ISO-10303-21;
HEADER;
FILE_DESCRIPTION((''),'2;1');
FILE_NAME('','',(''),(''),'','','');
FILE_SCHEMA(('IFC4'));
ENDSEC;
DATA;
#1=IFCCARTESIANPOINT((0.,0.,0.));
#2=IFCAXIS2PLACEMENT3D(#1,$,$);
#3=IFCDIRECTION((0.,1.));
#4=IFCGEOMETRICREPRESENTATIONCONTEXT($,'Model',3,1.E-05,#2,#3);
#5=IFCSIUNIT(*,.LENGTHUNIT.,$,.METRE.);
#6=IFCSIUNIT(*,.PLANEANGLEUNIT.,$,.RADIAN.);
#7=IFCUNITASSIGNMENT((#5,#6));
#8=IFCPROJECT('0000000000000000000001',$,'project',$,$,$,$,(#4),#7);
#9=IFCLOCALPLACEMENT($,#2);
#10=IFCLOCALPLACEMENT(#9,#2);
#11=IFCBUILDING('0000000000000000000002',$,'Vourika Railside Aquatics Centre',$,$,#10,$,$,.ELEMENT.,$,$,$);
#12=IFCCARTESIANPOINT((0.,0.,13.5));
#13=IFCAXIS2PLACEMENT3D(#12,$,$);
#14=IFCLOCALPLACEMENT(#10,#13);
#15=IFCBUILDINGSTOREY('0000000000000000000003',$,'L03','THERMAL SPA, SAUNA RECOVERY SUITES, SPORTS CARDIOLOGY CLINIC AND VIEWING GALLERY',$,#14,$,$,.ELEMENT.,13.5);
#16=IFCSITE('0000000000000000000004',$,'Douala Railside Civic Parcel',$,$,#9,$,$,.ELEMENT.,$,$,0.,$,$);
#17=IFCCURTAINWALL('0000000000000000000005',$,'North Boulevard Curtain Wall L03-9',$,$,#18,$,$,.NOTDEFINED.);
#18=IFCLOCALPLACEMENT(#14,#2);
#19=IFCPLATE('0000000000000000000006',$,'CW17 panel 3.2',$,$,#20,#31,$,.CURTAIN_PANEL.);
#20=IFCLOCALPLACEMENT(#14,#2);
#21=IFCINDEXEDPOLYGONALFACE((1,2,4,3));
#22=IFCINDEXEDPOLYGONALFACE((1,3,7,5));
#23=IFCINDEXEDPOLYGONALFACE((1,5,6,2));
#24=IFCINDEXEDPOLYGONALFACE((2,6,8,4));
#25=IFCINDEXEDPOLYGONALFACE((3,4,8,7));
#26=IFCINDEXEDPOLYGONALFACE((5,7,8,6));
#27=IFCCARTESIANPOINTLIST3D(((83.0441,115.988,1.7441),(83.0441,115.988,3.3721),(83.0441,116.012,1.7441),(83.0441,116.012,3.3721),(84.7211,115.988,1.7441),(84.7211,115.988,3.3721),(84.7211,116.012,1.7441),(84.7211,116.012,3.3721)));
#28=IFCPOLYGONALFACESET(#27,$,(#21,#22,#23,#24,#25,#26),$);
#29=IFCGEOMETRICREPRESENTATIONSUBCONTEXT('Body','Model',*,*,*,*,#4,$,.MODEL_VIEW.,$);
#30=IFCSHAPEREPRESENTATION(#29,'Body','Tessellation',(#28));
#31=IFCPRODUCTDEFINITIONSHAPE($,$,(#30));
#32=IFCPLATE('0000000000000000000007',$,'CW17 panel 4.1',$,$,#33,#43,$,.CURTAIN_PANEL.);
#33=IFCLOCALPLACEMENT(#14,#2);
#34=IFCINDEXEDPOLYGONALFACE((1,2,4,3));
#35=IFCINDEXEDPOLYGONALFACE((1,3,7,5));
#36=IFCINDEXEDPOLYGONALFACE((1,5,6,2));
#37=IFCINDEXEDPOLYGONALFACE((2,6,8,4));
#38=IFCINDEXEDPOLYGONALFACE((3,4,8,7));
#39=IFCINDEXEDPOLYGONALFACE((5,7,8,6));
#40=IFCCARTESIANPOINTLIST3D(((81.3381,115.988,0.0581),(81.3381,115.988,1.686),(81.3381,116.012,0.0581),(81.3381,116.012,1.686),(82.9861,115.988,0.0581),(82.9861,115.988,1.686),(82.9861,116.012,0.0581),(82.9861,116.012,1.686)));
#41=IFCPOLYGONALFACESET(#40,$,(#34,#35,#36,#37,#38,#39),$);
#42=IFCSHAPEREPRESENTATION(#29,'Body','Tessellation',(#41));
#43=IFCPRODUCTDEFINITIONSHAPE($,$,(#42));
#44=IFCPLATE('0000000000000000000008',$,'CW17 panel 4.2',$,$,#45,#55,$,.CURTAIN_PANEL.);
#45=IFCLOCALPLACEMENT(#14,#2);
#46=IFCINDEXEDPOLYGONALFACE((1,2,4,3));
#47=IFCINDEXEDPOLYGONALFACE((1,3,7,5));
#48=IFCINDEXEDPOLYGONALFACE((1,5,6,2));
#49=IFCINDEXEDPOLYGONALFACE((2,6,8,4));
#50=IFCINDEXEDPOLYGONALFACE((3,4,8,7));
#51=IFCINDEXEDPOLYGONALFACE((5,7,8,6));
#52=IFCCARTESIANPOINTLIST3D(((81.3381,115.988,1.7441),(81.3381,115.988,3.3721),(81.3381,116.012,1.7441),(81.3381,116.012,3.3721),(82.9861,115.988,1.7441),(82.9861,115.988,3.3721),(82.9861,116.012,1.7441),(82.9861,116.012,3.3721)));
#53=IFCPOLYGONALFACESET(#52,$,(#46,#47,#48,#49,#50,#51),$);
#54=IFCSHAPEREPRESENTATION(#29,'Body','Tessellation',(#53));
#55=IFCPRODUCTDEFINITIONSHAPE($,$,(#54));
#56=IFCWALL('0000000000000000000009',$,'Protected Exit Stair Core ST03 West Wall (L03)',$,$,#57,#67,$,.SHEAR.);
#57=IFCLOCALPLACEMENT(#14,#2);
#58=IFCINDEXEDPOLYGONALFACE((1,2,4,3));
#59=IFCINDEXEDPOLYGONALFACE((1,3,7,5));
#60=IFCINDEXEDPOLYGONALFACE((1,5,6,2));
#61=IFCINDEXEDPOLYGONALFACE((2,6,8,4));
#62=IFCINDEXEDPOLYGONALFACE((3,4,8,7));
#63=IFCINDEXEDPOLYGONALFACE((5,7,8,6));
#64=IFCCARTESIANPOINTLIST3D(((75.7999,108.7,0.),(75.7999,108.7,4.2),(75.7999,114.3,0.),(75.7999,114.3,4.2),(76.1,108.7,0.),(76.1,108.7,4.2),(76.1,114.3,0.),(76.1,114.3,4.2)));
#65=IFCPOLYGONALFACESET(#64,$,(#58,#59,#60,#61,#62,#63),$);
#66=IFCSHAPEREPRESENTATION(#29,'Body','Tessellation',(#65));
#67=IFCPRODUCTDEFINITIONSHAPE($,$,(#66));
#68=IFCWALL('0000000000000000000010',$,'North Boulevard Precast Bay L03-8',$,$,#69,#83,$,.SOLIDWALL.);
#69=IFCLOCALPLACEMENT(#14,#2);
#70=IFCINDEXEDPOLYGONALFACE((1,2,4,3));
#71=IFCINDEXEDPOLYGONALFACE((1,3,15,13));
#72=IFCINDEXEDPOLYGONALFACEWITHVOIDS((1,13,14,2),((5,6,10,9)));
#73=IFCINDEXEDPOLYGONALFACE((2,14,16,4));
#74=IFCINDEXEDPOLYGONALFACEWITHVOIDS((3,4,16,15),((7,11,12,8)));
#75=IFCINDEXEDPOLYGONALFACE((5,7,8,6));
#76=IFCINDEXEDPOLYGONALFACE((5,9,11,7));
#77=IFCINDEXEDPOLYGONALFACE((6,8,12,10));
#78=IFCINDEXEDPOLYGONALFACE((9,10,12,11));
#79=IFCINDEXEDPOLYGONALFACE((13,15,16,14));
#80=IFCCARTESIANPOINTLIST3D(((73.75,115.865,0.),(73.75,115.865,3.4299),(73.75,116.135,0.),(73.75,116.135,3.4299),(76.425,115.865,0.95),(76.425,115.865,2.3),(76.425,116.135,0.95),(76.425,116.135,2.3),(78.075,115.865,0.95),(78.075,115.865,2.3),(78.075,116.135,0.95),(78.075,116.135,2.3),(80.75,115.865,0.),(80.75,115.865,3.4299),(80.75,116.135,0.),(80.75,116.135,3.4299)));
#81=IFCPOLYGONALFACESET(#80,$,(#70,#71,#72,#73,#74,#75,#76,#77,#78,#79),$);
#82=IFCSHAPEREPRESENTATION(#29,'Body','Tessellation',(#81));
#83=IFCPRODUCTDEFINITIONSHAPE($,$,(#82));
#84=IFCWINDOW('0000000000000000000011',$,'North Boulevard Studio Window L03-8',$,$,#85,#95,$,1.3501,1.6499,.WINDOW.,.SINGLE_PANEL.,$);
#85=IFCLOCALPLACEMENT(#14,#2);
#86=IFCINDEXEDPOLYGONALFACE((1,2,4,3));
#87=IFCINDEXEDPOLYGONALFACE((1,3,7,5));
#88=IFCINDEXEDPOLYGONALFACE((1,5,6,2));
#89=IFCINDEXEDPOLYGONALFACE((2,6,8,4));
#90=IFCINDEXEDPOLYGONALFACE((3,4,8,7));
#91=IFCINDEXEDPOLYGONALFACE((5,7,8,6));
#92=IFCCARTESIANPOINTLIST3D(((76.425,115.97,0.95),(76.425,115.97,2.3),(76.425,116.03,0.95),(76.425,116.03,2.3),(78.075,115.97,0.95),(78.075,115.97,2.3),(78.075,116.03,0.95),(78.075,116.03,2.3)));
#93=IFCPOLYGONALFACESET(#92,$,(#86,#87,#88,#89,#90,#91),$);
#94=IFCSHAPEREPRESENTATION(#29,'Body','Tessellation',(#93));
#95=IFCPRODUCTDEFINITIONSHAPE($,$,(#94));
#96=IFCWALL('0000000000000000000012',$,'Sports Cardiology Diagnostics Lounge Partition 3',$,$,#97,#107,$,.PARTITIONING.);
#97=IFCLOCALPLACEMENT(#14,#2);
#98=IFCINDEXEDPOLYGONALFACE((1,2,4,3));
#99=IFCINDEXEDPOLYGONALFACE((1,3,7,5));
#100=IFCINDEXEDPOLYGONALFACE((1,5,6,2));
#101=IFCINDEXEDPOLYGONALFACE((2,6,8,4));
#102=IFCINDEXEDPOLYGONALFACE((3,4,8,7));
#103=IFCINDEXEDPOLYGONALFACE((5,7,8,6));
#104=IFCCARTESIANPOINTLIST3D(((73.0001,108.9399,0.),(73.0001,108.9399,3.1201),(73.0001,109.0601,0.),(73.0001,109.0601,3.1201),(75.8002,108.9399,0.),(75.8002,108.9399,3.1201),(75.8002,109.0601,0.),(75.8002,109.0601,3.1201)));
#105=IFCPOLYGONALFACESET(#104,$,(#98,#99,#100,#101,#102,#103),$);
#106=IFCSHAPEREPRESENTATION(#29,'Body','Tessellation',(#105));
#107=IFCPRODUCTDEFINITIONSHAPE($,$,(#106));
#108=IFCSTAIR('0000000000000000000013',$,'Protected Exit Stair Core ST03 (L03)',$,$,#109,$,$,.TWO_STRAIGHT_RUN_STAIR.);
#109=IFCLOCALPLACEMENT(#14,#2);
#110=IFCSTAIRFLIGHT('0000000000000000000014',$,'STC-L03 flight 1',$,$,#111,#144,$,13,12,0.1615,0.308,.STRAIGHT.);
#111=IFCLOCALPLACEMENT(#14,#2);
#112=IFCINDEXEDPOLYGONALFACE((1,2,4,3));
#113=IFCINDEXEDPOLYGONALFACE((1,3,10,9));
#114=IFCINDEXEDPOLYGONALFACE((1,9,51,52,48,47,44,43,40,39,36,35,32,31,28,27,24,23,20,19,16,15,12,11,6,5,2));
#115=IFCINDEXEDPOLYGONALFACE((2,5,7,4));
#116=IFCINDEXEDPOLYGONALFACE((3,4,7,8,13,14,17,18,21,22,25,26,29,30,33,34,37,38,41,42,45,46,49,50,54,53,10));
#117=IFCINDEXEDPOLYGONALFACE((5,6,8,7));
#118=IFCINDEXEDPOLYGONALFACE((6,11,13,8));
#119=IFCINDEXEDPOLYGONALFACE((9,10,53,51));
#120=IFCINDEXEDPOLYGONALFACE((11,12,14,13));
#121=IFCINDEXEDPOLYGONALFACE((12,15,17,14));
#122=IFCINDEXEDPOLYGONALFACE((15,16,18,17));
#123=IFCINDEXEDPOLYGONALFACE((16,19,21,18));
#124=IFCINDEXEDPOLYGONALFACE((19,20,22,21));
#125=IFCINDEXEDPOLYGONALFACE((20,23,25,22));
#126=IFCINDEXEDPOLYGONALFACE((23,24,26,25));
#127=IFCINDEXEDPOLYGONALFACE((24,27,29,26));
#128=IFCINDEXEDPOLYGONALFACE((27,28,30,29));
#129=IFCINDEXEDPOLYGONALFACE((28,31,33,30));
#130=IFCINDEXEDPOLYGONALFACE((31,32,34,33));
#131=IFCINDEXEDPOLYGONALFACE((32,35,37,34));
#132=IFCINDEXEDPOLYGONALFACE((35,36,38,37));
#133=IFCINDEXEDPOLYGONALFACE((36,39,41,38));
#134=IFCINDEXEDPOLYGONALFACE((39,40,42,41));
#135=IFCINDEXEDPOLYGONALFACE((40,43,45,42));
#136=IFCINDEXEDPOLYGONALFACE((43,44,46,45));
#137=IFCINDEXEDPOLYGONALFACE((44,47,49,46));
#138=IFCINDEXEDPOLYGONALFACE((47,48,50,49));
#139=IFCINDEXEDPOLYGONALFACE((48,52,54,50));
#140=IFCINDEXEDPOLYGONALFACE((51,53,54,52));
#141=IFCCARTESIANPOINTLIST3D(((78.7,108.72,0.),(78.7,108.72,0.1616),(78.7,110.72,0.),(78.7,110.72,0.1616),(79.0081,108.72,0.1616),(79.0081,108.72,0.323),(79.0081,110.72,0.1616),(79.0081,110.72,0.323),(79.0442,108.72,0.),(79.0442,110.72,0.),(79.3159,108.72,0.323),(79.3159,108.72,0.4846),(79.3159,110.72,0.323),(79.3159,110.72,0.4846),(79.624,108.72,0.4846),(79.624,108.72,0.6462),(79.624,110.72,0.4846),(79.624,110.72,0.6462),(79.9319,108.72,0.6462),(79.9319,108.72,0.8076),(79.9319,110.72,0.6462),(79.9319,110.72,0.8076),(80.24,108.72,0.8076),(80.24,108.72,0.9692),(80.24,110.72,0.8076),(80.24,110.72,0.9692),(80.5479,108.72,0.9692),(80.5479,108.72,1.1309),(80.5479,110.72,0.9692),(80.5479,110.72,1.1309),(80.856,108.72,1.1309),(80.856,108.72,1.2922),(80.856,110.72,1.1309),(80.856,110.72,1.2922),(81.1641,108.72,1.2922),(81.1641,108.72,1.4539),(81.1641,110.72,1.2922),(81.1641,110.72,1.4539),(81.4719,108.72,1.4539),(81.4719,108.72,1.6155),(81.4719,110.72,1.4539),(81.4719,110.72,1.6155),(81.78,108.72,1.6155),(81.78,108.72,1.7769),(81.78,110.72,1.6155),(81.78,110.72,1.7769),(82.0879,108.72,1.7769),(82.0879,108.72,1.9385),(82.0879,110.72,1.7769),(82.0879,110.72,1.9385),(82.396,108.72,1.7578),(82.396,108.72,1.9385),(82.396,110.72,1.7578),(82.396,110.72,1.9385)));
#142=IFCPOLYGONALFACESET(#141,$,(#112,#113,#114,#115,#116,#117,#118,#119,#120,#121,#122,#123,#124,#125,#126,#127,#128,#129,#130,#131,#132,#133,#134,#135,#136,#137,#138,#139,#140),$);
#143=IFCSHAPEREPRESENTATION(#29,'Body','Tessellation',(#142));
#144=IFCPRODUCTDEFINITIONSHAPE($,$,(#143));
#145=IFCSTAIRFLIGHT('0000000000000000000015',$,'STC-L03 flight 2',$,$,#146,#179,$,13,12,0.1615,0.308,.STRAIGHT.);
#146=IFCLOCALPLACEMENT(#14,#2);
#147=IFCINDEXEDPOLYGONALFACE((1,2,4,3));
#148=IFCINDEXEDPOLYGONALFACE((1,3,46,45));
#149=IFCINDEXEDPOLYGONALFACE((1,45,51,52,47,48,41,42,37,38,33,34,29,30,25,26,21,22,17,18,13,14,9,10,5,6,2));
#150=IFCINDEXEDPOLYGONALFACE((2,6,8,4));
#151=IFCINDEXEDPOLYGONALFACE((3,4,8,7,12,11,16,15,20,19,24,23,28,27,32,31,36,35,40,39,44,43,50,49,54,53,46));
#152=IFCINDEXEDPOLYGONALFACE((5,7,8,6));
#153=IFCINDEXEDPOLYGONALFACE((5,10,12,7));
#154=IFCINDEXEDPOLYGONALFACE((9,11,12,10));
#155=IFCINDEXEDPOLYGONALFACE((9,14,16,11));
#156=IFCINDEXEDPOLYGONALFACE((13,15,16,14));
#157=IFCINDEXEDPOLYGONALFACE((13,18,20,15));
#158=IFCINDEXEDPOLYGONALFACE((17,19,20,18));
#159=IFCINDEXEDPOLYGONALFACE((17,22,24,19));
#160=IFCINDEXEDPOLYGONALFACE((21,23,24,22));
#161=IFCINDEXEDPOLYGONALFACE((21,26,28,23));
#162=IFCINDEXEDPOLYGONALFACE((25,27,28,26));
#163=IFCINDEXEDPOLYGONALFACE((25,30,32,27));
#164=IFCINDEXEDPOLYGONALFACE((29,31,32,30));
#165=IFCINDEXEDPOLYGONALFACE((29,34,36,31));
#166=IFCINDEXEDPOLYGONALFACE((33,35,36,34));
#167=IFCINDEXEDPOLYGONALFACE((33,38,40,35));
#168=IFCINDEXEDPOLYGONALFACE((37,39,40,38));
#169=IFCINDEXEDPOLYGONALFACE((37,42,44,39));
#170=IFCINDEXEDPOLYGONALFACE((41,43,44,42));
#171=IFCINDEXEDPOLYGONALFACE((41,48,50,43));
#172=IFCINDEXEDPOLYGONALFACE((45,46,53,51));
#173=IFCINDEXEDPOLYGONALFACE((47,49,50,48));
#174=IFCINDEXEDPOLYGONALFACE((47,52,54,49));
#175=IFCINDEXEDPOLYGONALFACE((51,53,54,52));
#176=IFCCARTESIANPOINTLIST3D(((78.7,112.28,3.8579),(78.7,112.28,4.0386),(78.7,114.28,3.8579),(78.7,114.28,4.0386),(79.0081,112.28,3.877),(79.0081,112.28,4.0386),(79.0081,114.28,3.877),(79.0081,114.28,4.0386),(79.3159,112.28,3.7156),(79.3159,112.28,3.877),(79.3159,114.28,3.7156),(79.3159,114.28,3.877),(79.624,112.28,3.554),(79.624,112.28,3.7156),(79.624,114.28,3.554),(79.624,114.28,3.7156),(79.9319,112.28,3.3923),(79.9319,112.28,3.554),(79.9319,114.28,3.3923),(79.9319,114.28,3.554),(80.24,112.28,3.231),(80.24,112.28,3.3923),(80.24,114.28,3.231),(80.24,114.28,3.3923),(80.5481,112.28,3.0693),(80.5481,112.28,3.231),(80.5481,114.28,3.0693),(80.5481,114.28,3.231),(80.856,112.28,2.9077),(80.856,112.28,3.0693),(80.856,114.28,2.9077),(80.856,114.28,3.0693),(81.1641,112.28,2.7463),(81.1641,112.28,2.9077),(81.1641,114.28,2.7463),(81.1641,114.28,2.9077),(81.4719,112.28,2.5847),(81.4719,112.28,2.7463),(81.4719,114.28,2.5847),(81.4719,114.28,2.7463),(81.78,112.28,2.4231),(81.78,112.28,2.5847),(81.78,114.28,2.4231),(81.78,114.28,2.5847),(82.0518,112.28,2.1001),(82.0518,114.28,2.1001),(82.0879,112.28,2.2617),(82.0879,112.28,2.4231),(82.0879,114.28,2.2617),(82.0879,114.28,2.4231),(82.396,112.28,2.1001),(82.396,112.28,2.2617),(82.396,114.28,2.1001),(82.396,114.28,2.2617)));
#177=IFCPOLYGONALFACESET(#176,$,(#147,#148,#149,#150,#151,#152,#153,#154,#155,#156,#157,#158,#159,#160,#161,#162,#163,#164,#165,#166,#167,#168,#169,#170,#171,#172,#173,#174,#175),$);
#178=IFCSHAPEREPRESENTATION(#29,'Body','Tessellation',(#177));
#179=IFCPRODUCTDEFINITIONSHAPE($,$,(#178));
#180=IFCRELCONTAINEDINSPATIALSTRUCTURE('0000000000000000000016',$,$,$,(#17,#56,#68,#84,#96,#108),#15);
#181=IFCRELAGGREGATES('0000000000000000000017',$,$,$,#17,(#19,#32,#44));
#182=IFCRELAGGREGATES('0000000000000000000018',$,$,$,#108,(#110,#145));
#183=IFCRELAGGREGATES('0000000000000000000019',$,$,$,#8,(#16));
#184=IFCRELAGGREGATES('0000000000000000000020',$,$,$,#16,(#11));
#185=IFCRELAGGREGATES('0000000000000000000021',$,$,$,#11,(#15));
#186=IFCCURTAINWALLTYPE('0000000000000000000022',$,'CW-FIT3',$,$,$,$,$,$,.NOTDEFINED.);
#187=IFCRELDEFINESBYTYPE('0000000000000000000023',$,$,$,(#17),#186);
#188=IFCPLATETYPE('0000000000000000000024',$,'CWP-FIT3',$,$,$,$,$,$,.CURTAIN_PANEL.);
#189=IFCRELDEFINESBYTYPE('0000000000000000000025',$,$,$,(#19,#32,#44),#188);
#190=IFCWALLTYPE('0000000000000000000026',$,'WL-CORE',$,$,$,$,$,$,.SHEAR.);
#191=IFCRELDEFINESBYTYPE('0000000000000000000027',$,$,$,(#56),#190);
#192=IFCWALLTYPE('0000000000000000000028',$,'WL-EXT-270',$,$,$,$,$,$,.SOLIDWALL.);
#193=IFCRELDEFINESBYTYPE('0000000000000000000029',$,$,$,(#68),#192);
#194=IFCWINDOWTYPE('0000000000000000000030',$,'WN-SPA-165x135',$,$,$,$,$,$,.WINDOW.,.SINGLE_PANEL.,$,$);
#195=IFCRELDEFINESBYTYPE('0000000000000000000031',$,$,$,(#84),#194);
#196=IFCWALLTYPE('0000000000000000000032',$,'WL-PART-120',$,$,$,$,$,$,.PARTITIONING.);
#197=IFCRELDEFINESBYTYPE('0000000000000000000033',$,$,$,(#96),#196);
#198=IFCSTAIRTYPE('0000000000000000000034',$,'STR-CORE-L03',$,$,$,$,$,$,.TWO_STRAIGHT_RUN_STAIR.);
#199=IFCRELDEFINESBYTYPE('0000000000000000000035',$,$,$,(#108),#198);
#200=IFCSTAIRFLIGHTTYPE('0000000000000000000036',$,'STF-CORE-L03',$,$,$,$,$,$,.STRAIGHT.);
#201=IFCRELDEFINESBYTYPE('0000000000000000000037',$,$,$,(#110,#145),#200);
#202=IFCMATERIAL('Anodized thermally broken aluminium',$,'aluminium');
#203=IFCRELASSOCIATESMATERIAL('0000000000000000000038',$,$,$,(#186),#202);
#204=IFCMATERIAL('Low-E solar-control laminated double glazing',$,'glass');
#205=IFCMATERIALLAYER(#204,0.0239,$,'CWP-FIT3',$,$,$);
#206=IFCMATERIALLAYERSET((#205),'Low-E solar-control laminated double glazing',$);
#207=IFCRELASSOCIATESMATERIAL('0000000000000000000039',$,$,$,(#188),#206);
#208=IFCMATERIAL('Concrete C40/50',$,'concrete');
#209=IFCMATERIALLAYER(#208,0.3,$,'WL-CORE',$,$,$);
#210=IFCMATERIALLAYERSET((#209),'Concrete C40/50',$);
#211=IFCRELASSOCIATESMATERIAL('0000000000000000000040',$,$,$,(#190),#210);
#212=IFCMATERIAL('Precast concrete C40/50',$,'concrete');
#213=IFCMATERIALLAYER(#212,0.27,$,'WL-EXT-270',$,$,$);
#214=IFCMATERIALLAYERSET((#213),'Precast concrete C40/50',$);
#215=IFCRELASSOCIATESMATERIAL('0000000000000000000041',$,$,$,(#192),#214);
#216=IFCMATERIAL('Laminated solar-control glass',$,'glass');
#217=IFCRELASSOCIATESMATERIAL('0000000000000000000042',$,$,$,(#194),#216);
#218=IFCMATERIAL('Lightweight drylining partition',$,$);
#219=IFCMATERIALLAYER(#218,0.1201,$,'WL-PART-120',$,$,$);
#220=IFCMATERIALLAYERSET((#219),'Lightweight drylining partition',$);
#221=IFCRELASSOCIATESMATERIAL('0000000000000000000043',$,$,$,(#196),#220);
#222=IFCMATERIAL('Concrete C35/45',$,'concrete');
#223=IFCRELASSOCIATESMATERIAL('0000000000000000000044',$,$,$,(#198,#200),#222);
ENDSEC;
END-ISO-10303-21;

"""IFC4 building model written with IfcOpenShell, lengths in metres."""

from ifc_helpers import new_model, si_unit, direction, frame, frame_2d, origin, origin_2d, place, context, subcontext, project, spatial, polyline, rectangle, outline, extrude, material, layer, layer_set, type_object, element, fill, aggregate, save


model = new_model("IFC4")

# Units and contexts
model_context = context("Model", 3, precision=1e-05, world=origin(), true_north=direction((0.0, 1.0)))
body_context = subcontext(model_context, "Body", "Model", "MODEL_VIEW")
ifc_project = project(units=[si_unit("LENGTHUNIT", "METRE"), si_unit("PLANEANGLEUNIT", "RADIAN")], contexts=[model_context])

# Site, building, storey
site_placement = place(None, origin())
site = spatial("IfcSite", under=ifc_project, at=site_placement, Name="Douala Railside Civic Parcel", CompositionType="ELEMENT", RefElevation=0.0)
building_placement = place(site_placement, origin())
building = spatial("IfcBuilding", under=site, at=building_placement, Name="Vourika Railside Aquatics Centre", CompositionType="ELEMENT")
storey_placement = place(building_placement, frame((0.0, 0.0, 13.5)))
storey = spatial("IfcBuildingStorey", under=building, at=storey_placement, Name="L03", Description="THERMAL SPA, SAUNA RECOVERY SUITES, SPORTS CARDIOLOGY CLINIC AND VIEWING GALLERY", CompositionType="ELEMENT", Elevation=13.5)

# Shared definitions
ifc_material_1 = material(Name="Concrete C35/45", Category="concrete")

# Curtain wall, plates
ifc_material_2 = material(Name="Anodized thermally broken aluminium", Category="aluminium")
curtain_wall_type = type_object("IfcCurtainWallType", Name="CW-FIT3", PredefinedType="NOTDEFINED", material=ifc_material_2)
curtain_wall_placement = place(storey_placement, origin())
curtain_wall = element("IfcCurtainWall", 1, at=curtain_wall_placement, inside=storey, type_object=curtain_wall_type, Name="North Boulevard Curtain Wall L03-9", PredefinedType="NOTDEFINED")
ifc_material_3 = material(Name="Low-E solar-control laminated double glazing", Category="glass")
ifc_layer_1 = layer(ifc_material_3, 0.0239, Name="CWP-FIT3")
ifc_layer_set_1 = layer_set([ifc_layer_1], Name="Low-E solar-control laminated double glazing")
plate_type = type_object("IfcPlateType", Name="CWP-FIT3", PredefinedType="CURTAIN_PANEL", material=ifc_layer_set_1)
plate_1_placement = place(storey_placement, frame((83.8826, 116.0, 1.7441), z_axis=(0.0, 0.0, 1.0), x_axis=(-1.0, 0.0, 0.0)))
plate_1 = element("IfcPlate", 2, at=plate_1_placement, type_object=plate_type, Name="CW17 panel 3.2", PredefinedType="CURTAIN_PANEL", context=body_context, shape_type="SweptSolid", body=[
    extrude(rectangle(XDim=1.677, YDim=0.0239, at=origin_2d()), origin(), (0.0, 0.0, 1.0), 1.6279),
])
plate_2_placement = place(storey_placement, frame((82.1621, 116.0, 0.0581), z_axis=(0.0, 0.0, 1.0), x_axis=(-1.0, 0.0, 0.0)))
plate_2 = element("IfcPlate", 3, at=plate_2_placement, type_object=plate_type, Name="CW17 panel 4.1", PredefinedType="CURTAIN_PANEL", context=body_context, shape_type="SweptSolid", body=[
    extrude(rectangle(XDim=1.6479, YDim=0.0239, at=origin_2d()), origin(), (0.0, 0.0, 1.0), 1.6279),
])
plate_3_placement = place(storey_placement, frame((82.1621, 116.0, 1.7441), z_axis=(0.0, 0.0, 1.0), x_axis=(-1.0, 0.0, 0.0)))
plate_3 = element("IfcPlate", 4, at=plate_3_placement, type_object=plate_type, Name="CW17 panel 4.2", PredefinedType="CURTAIN_PANEL", context=body_context, shape_type="SweptSolid", body=[
    extrude(rectangle(XDim=1.6479, YDim=0.0239, at=origin_2d()), origin(), (0.0, 0.0, 1.0), 1.6279),
])
aggregate(curtain_wall, [plate_1, plate_2, plate_3])

# Wall
ifc_material_4 = material(Name="Concrete C40/50", Category="concrete")
ifc_layer_2 = layer(ifc_material_4, 0.3, Name="WL-CORE")
ifc_layer_set_2 = layer_set([ifc_layer_2], Name="Concrete C40/50")
wall_type_1 = type_object("IfcWallType", Name="WL-CORE", PredefinedType="SHEAR", material=ifc_layer_set_2)
wall_1_placement = place(storey_placement, frame((75.95, 114.3, 0.0), z_axis=(0.0, 0.0, 1.0), x_axis=(0.0, -1.0, 0.0)))
element("IfcWall", 5, at=wall_1_placement, inside=storey, type_object=wall_type_1, Name="Protected Exit Stair Core ST03 West Wall (L03)", PredefinedType="SHEAR", context=body_context, shape_type="SweptSolid", body=[
    extrude(rectangle(XDim=5.6001, YDim=0.3, at=frame_2d((2.8, 0.0))), origin(), (0.0, 0.0, 1.0), 4.2),
])

# Wall, opening, window
ifc_material_5 = material(Name="Precast concrete C40/50", Category="concrete")
ifc_layer_3 = layer(ifc_material_5, 0.27, Name="WL-EXT-270")
ifc_layer_set_3 = layer_set([ifc_layer_3], Name="Precast concrete C40/50")
wall_type_2 = type_object("IfcWallType", Name="WL-EXT-270", PredefinedType="SOLIDWALL", material=ifc_layer_set_3)
wall_2_placement = place(storey_placement, frame((80.75, 116.0, 0.0), z_axis=(0.0, 0.0, 1.0), x_axis=(-1.0, 0.0, 0.0)))
wall_2 = element("IfcWall", 6, at=wall_2_placement, inside=storey, type_object=wall_type_2, Name="North Boulevard Precast Bay L03-8", PredefinedType="SOLIDWALL", context=body_context, shape_type="SweptSolid", body=[
    extrude(rectangle(XDim=7.0, YDim=0.27, at=frame_2d((3.5, 0.0))), origin(), (0.0, 0.0, 1.0), 3.4299),
])
opening_placement = place(wall_2_placement, frame((2.675, 0.0, 0.95)))
opening = element("IfcOpeningElement", 7, at=opening_placement, cuts=wall_2, PredefinedType="OPENING", context=body_context, shape_type="SweptSolid", body=[
    extrude(rectangle(XDim=1.6499, YDim=1.3501, at=frame_2d((0.825, 0.675))), frame((0.0, 0.145, 0.0), z_axis=(0.0, -1.0, 0.0), x_axis=(1.0, 0.0, 0.0)), (0.0, 0.0, 1.0), 0.29),
])
ifc_material_6 = material(Name="Laminated solar-control glass", Category="glass")
window_type = type_object("IfcWindowType", Name="WN-SPA-165x135", PartitioningType="SINGLE_PANEL", PredefinedType="WINDOW", material=ifc_material_6)
window_placement = place(opening_placement, origin())
window = element("IfcWindow", 8, at=window_placement, inside=storey, type_object=window_type, Name="North Boulevard Studio Window L03-8", OverallHeight=1.3501, OverallWidth=1.6499, PartitioningType="SINGLE_PANEL", PredefinedType="WINDOW", context=body_context, shape_type="SweptSolid", body=[
    extrude(rectangle(XDim=1.6499, YDim=1.3501, at=frame_2d((0.825, 0.675))), frame((0.0, 0.03, 0.0), z_axis=(0.0, -1.0, 0.0), x_axis=(1.0, 0.0, 0.0)), (0.0, 0.0, 1.0), 0.0601),
])
fill(opening, window)

# Wall
ifc_material_7 = material(Name="Lightweight drylining partition")
ifc_layer_4 = layer(ifc_material_7, 0.1201, Name="WL-PART-120")
ifc_layer_set_4 = layer_set([ifc_layer_4], Name="Lightweight drylining partition")
wall_type_3 = type_object("IfcWallType", Name="WL-PART-120", PredefinedType="PARTITIONING", material=ifc_layer_set_4)
wall_3_placement = place(storey_placement, frame((75.8, 109.0, 0.0), z_axis=(0.0, 0.0, 1.0), x_axis=(-1.0, 0.0, 0.0)))
element("IfcWall", 9, at=wall_3_placement, inside=storey, type_object=wall_type_3, Name="Sports Cardiology Diagnostics Lounge Partition 3", PredefinedType="PARTITIONING", context=body_context, shape_type="SweptSolid", body=[
    extrude(rectangle(XDim=2.8, YDim=0.1201, at=frame_2d((1.3999, 0.0))), origin(), (0.0, 0.0, 1.0), 3.1201),
])

# Stair, stair flights
stair_type = type_object("IfcStairType", Name="STR-CORE-L03", PredefinedType="TWO_STRAIGHT_RUN_STAIR", material=ifc_material_1)
stair_placement = place(storey_placement, origin())
stair = element("IfcStair", 10, at=stair_placement, inside=storey, type_object=stair_type, Name="Protected Exit Stair Core ST03 (L03)", PredefinedType="TWO_STRAIGHT_RUN_STAIR")
stair_flight_type = type_object("IfcStairFlightType", Name="STF-CORE-L03", PredefinedType="STRAIGHT", material=ifc_material_1)
stair_flight_1_placement = place(storey_placement, frame((78.7, 109.72, 0.0), z_axis=(0.0, 0.0, 1.0), x_axis=(1.0, 0.0, 0.0)))
stair_flight_1 = element("IfcStairFlight", 11, at=stair_flight_1_placement, type_object=stair_flight_type, Name="STC-L03 flight 1", NumberOfRisers=13, NumberOfTreads=12, PredefinedType="STRAIGHT", RiserHeight=0.1615, TreadLength=0.308, context=body_context, shape_type="SweptSolid", body=[
    extrude(outline(polyline([(0.0, 0.0), (0.0, 0.1616), (0.3081, 0.1616), (0.3081, 0.323), (0.616, 0.323), (0.616, 0.4846), (0.9241, 0.4846), (0.9241, 0.6462), (1.2319, 0.6462), (1.2319, 0.8076), (1.54, 0.8076), (1.54, 0.9692), (1.8479, 0.9692), (1.8479, 1.1309), (2.156, 1.1309), (2.156, 1.2922), (2.4641, 1.2922), (2.4641, 1.4539), (2.772, 1.4539), (2.772, 1.6155), (3.0801, 1.6155), (3.0801, 1.7769), (3.3879, 1.7769), (3.3879, 1.9385), (3.696, 1.9385), (3.696, 2.1001), (3.696, 1.7578), (0.3442, 0.0), (0.0, 0.0)])), frame((0.0, 1.0, 0.0), z_axis=(0.0, -1.0, 0.0), x_axis=(1.0, 0.0, 0.0)), (0.0, 0.0, 1.0), 2.0),
])
stair_flight_2_placement = place(storey_placement, frame((82.396, 113.28, 2.1001), z_axis=(0.0, 0.0, 1.0), x_axis=(-1.0, 0.0, 0.0)))
stair_flight_2 = element("IfcStairFlight", 12, at=stair_flight_2_placement, type_object=stair_flight_type, Name="STC-L03 flight 2", NumberOfRisers=13, NumberOfTreads=12, PredefinedType="STRAIGHT", RiserHeight=0.1615, TreadLength=0.308, context=body_context, shape_type="SweptSolid", body=[
    extrude(outline(polyline([(0.0, 0.0), (0.0, 0.1616), (0.3081, 0.1616), (0.3081, 0.323), (0.616, 0.323), (0.616, 0.4846), (0.9241, 0.4846), (0.9241, 0.6462), (1.2319, 0.6462), (1.2319, 0.8076), (1.54, 0.8076), (1.54, 0.9692), (1.8479, 0.9692), (1.8479, 1.1309), (2.156, 1.1309), (2.156, 1.2922), (2.4641, 1.2922), (2.4641, 1.4539), (2.772, 1.4539), (2.772, 1.6155), (3.0801, 1.6155), (3.0801, 1.7769), (3.3879, 1.7769), (3.3879, 1.9385), (3.696, 1.9385), (3.696, 2.1001), (3.696, 1.7578), (0.3442, 0.0), (0.0, 0.0)])), frame((0.0, 1.0, 0.0), z_axis=(0.0, -1.0, 0.0), x_axis=(1.0, 0.0, 0.0)), (0.0, 0.0, 1.0), 2.0),
])
aggregate(stair, [stair_flight_1, stair_flight_2])

save(model, "model.ifc")
